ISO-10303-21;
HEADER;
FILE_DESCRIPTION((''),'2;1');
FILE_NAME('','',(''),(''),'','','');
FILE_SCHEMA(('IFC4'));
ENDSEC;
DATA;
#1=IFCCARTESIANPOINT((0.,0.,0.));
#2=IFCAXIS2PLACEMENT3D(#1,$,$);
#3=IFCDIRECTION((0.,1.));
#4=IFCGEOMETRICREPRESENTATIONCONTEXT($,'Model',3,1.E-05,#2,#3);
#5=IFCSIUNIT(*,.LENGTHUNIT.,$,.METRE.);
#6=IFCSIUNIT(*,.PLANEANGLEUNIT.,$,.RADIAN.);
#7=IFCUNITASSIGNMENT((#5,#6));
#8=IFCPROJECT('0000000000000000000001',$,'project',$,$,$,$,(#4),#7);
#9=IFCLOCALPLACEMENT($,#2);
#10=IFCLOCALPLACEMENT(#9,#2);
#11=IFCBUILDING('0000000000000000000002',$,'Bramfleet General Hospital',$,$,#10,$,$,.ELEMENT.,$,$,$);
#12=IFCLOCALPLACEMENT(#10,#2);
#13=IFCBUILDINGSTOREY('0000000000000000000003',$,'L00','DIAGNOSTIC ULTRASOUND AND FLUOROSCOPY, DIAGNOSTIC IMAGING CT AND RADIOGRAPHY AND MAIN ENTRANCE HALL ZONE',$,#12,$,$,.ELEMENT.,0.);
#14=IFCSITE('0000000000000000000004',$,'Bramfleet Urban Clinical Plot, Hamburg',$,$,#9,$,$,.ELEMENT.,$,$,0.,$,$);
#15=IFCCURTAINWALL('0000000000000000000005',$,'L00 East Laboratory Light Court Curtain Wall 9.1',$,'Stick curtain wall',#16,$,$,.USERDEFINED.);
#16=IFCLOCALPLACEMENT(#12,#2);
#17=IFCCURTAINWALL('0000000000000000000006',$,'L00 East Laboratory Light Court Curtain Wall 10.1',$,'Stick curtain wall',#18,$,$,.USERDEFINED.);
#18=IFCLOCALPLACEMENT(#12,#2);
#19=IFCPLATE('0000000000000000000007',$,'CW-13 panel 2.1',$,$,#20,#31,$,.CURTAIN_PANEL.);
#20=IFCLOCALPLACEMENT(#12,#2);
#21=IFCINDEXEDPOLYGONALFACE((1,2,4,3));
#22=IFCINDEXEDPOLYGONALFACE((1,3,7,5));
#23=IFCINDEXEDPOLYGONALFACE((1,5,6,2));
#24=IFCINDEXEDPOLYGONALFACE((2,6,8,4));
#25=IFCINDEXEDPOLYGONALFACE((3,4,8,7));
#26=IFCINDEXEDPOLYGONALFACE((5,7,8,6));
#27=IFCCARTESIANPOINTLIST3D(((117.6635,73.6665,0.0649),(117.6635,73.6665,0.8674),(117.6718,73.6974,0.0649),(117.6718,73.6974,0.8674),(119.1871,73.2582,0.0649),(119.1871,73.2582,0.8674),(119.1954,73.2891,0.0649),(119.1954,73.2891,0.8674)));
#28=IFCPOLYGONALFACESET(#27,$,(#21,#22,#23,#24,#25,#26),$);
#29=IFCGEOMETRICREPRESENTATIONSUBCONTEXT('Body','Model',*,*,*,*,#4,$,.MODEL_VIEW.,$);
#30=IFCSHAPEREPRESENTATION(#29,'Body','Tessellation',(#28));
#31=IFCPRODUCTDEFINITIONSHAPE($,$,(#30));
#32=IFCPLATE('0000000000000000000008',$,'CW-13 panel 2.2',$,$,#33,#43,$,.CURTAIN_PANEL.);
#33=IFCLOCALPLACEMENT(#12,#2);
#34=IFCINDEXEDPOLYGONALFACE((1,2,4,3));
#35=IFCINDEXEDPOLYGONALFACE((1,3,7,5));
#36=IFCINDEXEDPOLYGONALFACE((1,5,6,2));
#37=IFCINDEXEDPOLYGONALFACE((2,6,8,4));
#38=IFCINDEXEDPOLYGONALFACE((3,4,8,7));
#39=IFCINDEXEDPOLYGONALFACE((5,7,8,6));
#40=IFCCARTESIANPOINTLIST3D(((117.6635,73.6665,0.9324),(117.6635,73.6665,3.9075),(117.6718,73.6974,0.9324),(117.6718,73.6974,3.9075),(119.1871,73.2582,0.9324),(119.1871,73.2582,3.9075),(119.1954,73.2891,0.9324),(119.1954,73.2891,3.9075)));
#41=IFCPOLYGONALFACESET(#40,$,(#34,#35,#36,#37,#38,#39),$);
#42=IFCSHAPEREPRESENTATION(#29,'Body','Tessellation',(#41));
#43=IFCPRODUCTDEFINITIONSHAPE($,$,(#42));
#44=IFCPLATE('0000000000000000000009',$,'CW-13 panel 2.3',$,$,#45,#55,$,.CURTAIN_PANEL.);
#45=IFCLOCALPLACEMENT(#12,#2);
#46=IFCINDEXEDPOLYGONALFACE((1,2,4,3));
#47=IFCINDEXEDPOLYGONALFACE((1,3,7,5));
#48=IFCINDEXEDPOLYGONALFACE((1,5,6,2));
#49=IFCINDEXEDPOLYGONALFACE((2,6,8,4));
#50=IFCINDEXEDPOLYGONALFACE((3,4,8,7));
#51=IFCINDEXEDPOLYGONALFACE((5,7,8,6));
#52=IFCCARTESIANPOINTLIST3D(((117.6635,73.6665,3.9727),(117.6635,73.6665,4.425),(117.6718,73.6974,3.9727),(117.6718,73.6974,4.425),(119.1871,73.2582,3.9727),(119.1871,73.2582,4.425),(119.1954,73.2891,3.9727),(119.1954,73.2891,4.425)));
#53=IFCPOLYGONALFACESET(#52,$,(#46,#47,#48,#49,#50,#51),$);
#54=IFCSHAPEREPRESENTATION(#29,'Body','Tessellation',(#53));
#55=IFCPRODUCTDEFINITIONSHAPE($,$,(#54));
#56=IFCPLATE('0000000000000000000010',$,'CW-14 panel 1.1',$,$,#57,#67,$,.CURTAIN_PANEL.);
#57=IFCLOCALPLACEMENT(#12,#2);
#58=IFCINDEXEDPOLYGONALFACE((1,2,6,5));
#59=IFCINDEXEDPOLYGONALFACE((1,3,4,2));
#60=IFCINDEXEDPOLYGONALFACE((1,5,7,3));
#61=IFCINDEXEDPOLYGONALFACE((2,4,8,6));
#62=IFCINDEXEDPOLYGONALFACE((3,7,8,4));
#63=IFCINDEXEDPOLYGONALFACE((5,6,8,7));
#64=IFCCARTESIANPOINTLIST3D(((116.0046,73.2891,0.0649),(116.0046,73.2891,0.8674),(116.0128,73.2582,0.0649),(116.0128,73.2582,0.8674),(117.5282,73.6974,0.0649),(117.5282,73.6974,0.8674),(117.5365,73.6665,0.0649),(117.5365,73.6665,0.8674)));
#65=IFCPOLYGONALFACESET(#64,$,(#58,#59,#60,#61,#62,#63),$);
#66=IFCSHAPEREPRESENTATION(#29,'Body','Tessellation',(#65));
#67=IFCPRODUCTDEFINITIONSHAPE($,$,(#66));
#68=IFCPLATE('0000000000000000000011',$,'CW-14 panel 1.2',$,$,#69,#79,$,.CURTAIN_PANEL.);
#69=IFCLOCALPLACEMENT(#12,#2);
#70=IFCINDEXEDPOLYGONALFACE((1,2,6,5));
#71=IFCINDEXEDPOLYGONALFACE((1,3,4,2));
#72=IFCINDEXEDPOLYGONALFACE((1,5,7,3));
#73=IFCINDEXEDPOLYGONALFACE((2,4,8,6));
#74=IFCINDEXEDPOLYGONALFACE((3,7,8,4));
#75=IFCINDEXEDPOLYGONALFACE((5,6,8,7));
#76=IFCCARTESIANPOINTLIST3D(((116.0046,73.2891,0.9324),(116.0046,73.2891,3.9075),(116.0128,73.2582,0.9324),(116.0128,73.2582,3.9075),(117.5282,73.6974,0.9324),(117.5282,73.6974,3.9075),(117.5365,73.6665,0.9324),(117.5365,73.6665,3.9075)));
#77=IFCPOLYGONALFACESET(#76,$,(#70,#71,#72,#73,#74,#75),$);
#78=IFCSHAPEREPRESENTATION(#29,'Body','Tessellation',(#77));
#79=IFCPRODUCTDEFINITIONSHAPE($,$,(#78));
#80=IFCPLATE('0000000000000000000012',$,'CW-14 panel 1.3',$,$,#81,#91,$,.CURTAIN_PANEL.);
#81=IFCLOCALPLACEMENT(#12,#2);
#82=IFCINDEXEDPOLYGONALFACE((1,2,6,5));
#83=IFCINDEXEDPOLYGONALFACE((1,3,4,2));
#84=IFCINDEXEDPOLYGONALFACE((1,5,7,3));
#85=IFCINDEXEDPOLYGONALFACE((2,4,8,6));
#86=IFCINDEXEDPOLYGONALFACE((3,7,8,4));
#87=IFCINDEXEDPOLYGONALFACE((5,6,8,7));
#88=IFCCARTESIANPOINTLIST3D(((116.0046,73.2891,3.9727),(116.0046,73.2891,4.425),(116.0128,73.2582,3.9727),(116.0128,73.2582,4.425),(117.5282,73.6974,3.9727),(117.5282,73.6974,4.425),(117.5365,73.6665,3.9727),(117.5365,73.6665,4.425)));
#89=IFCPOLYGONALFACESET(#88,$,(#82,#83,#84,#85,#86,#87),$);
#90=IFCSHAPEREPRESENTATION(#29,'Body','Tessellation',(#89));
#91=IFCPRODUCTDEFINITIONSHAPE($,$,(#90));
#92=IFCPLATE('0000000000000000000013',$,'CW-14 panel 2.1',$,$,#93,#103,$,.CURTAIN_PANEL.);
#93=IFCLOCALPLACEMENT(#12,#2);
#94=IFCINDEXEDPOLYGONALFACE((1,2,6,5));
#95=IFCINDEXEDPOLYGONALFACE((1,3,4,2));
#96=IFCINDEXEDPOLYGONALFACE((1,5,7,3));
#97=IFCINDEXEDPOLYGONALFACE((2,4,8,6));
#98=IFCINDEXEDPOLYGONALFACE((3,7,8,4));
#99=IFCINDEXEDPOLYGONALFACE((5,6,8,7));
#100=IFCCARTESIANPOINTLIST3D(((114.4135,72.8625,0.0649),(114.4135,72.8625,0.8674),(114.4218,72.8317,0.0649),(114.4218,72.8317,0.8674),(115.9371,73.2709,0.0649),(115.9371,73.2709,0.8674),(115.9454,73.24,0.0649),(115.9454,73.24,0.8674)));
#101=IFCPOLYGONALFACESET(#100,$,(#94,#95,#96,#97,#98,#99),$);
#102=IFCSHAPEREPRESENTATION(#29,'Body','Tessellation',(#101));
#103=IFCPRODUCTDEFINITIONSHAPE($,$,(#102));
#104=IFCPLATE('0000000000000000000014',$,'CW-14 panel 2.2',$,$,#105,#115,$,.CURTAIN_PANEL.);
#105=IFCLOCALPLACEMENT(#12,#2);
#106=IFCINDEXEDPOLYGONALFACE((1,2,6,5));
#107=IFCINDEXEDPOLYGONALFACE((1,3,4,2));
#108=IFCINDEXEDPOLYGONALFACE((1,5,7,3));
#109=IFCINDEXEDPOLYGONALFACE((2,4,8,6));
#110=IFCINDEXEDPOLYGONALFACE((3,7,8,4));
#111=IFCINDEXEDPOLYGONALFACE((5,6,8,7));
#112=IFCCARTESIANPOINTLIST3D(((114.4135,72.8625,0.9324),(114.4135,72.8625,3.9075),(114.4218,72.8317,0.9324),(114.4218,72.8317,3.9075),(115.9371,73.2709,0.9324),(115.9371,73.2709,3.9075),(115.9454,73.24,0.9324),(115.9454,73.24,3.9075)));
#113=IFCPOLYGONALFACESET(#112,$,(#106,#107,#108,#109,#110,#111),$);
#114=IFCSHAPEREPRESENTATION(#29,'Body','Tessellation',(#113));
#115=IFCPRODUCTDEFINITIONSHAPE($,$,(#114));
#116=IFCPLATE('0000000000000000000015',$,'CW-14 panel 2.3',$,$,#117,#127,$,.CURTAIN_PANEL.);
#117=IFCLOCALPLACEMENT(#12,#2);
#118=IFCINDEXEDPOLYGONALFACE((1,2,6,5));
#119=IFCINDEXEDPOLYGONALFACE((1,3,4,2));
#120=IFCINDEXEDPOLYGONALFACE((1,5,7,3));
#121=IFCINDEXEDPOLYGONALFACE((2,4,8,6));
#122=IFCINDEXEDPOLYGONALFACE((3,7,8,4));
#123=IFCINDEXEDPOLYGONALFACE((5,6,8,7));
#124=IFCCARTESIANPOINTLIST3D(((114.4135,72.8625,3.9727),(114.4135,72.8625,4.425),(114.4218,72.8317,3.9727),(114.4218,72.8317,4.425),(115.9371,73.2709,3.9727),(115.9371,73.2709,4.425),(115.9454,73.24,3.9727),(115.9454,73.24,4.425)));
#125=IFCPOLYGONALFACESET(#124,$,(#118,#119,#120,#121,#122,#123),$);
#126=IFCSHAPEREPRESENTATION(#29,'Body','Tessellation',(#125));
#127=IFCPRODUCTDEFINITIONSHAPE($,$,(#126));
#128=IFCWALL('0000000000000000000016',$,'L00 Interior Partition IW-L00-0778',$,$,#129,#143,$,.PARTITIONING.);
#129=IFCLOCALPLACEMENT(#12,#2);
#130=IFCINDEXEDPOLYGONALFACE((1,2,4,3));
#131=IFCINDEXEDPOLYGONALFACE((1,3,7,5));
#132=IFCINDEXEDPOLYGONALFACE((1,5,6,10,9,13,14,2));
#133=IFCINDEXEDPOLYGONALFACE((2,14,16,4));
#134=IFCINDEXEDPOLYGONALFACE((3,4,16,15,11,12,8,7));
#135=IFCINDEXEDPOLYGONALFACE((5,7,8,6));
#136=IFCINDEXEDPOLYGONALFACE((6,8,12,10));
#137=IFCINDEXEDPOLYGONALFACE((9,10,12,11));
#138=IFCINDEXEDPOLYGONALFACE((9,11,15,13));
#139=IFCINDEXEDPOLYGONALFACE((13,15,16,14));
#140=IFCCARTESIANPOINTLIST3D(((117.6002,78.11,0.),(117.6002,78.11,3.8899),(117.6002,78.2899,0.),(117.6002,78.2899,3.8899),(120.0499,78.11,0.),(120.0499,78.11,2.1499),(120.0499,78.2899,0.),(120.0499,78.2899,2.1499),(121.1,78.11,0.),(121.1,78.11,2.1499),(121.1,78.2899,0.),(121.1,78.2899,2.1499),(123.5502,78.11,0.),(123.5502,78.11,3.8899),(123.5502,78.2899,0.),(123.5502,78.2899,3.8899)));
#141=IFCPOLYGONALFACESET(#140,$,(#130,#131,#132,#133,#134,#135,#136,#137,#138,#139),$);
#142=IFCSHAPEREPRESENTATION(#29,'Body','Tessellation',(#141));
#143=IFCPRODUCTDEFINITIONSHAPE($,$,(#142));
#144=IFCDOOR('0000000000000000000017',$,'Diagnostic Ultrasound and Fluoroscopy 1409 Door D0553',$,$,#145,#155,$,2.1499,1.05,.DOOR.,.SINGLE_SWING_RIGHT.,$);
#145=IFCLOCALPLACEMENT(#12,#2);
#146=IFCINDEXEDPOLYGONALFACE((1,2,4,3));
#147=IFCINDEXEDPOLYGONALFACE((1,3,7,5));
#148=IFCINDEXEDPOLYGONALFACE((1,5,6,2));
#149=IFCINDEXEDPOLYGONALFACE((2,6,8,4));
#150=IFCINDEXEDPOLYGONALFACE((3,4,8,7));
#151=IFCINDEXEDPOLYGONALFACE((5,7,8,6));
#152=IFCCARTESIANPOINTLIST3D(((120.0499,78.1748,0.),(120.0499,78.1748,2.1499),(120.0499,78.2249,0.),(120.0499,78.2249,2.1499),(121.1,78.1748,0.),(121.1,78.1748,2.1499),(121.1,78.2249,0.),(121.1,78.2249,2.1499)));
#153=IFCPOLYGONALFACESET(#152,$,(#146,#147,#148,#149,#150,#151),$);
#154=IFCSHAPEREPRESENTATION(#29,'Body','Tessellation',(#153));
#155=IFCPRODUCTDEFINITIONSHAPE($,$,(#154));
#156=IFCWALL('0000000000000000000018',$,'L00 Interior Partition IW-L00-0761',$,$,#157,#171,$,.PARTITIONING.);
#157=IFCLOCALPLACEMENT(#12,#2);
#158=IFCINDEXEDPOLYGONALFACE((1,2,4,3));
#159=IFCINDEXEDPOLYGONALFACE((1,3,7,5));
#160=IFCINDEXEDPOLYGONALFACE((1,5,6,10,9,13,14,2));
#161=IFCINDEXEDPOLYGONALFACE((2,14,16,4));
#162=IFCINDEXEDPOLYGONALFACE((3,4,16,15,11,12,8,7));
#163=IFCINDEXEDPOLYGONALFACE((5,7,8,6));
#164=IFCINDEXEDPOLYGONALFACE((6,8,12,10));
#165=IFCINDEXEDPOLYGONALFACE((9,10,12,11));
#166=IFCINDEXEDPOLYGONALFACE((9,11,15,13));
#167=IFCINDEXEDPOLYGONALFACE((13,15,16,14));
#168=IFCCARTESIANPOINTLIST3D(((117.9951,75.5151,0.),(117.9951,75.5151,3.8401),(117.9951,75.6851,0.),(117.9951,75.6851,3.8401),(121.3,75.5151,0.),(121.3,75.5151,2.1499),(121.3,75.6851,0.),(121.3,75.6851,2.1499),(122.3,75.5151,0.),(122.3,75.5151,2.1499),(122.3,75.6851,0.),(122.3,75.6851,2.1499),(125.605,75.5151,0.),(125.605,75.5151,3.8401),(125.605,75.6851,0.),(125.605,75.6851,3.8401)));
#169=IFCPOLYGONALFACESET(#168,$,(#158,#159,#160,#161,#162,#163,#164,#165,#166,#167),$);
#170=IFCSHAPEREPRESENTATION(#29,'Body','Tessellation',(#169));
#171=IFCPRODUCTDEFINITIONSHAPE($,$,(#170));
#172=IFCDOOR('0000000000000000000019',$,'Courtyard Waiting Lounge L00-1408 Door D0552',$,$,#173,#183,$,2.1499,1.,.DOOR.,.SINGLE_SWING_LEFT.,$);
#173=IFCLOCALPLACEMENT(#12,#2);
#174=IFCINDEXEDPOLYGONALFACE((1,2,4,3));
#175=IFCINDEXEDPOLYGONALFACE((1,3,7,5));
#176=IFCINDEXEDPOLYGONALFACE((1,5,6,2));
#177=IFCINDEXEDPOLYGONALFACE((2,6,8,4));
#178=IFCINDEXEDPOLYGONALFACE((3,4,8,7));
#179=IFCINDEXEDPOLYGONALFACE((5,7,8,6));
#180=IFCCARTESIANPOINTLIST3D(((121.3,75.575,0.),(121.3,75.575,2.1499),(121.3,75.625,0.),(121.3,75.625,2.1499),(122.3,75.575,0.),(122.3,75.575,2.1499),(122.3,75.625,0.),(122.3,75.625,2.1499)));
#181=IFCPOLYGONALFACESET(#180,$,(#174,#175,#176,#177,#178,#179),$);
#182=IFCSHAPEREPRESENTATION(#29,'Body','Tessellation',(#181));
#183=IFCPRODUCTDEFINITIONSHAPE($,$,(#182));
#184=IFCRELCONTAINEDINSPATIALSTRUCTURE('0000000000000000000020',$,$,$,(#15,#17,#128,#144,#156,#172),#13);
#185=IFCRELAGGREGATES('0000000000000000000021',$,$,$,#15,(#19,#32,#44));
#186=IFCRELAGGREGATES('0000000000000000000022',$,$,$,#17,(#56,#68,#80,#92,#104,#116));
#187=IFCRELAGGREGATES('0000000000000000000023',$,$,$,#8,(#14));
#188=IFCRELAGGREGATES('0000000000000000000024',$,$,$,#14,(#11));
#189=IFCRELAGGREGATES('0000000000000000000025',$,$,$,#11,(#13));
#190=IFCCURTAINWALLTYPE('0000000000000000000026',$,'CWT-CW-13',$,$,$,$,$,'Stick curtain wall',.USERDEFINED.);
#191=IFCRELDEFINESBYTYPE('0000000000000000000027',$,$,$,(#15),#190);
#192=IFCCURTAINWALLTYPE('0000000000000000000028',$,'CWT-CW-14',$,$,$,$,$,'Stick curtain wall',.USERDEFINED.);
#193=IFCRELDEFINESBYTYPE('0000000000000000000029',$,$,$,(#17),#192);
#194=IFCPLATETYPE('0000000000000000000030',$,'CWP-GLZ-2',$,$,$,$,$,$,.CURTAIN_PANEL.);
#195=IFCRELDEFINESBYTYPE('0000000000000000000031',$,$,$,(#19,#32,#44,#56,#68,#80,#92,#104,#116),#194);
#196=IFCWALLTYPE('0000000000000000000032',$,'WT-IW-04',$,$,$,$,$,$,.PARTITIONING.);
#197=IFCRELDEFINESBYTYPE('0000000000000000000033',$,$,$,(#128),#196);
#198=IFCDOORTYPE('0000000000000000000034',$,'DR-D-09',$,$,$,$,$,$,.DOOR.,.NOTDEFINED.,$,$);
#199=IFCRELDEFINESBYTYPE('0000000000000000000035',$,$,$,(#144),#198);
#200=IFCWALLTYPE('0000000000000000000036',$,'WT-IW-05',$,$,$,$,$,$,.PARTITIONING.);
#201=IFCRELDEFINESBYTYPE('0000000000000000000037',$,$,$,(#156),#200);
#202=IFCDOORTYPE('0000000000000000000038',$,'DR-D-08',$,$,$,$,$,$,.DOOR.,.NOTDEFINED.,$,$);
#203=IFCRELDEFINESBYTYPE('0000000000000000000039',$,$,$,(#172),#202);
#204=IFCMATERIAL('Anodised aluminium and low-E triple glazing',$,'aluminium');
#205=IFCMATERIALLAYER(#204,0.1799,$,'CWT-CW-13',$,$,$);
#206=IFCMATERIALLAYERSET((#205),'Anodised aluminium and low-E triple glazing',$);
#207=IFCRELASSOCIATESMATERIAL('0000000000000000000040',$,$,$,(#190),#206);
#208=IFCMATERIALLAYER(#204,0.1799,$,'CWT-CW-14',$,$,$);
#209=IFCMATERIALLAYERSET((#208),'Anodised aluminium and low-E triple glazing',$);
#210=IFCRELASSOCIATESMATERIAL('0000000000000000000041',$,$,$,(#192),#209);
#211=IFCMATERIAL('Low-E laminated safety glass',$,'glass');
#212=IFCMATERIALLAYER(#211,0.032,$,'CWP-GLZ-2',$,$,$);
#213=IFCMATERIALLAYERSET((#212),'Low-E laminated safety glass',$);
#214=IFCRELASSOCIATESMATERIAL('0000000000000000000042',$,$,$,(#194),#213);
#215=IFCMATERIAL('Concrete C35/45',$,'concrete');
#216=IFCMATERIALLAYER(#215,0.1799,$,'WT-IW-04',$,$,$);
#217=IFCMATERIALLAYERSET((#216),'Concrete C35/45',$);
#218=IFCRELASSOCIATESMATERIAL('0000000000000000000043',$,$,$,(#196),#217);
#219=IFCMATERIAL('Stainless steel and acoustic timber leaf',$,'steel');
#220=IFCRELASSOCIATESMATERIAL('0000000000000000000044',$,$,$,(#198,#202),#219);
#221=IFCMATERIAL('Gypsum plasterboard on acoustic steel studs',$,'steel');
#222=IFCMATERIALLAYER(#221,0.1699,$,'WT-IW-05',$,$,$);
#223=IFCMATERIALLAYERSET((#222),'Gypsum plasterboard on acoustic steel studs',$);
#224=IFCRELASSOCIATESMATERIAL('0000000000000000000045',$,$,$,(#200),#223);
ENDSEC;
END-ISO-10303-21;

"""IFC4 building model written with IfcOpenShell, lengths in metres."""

from ifc_helpers import new_model, si_unit, direction, frame, frame_2d, origin, origin_2d, place, context, subcontext, project, spatial, rectangle, extrude, material, layer, layer_set, type_object, element, fill, aggregate, save


model = new_model("IFC4")

# Units and contexts
model_context = context("Model", 3, precision=1e-05, world=origin(), true_north=direction((0.0, 1.0)))
body_context = subcontext(model_context, "Body", "Model", "MODEL_VIEW")
ifc_project = project(units=[si_unit("LENGTHUNIT", "METRE"), si_unit("PLANEANGLEUNIT", "RADIAN")], contexts=[model_context])

# Site, building, storey
site_placement = place(None, origin())
site = spatial("IfcSite", under=ifc_project, at=site_placement, Name="Bramfleet Urban Clinical Plot, Hamburg", CompositionType="ELEMENT", RefElevation=0.0)
building_placement = place(site_placement, origin())
building = spatial("IfcBuilding", under=site, at=building_placement, Name="Bramfleet General Hospital", CompositionType="ELEMENT")
storey_placement = place(building_placement, origin())
storey = spatial("IfcBuildingStorey", under=building, at=storey_placement, Name="L00", Description="DIAGNOSTIC ULTRASOUND AND FLUOROSCOPY, DIAGNOSTIC IMAGING CT AND RADIOGRAPHY AND MAIN ENTRANCE HALL ZONE", CompositionType="ELEMENT", Elevation=0.0)

# Shared definitions
ifc_material_1 = material(Name="Concrete C35/45", Category="concrete")

# Curtain wall
ifc_material_2 = material(Name="Anodised aluminium and low-E triple glazing", Category="aluminium")
ifc_layer_1 = layer(ifc_material_2, 0.1799, Name="CWT-CW-13")
ifc_layer_set_1 = layer_set([ifc_layer_1], Name="Anodised aluminium and low-E triple glazing")
curtain_wall_type_1 = type_object("IfcCurtainWallType", Name="CWT-CW-13", ElementType="Stick curtain wall", PredefinedType="USERDEFINED", material=ifc_layer_set_1)
curtain_wall_1_placement = place(storey_placement, origin())
curtain_wall_1 = element("IfcCurtainWall", 1, at=curtain_wall_1_placement, inside=storey, type_object=curtain_wall_type_1, Name="L00 East Laboratory Light Court Curtain Wall 9.1", ObjectType="Stick curtain wall", PredefinedType="USERDEFINED")

# Curtain wall
ifc_layer_2 = layer(ifc_material_2, 0.1799, Name="CWT-CW-14")
ifc_layer_set_2 = layer_set([ifc_layer_2], Name="Anodised aluminium and low-E triple glazing")
curtain_wall_type_2 = type_object("IfcCurtainWallType", Name="CWT-CW-14", ElementType="Stick curtain wall", PredefinedType="USERDEFINED", material=ifc_layer_set_2)
curtain_wall_2_placement = place(storey_placement, origin())
curtain_wall_2 = element("IfcCurtainWall", 2, at=curtain_wall_2_placement, inside=storey, type_object=curtain_wall_type_2, Name="L00 East Laboratory Light Court Curtain Wall 10.1", ObjectType="Stick curtain wall", PredefinedType="USERDEFINED")

# Plates
ifc_material_3 = material(Name="Low-E laminated safety glass", Category="glass")
ifc_layer_3 = layer(ifc_material_3, 0.032, Name="CWP-GLZ-2")
ifc_layer_set_3 = layer_set([ifc_layer_3], Name="Low-E laminated safety glass")
plate_type = type_object("IfcPlateType", Name="CWP-GLZ-2", PredefinedType="CURTAIN_PANEL", material=ifc_layer_set_3)
plate_1_placement = place(storey_placement, frame((118.4294, 73.4778, 0.0649), z_axis=(0.0, 0.0, 1.0), x_axis=(-0.965914, 0.258865, 0.0)))
plate_1 = element("IfcPlate", 3, at=plate_1_placement, type_object=plate_type, Name="CW-13 panel 2.1", PredefinedType="CURTAIN_PANEL", context=body_context, shape_type="SweptSolid", body=[
    extrude(rectangle(XDim=1.5774, YDim=0.032, at=origin_2d()), origin(), (0.0, 0.0, 1.0), 0.8025),
])
plate_2_placement = place(storey_placement, frame((118.4294, 73.4778, 0.9324), z_axis=(0.0, 0.0, 1.0), x_axis=(-0.965914, 0.258865, 0.0)))
plate_2 = element("IfcPlate", 4, at=plate_2_placement, type_object=plate_type, Name="CW-13 panel 2.2", PredefinedType="CURTAIN_PANEL", context=body_context, shape_type="SweptSolid", body=[
    extrude(rectangle(XDim=1.5774, YDim=0.032, at=origin_2d()), origin(), (0.0, 0.0, 1.0), 2.9751),
])
plate_3_placement = place(storey_placement, frame((118.4294, 73.4778, 3.9727), z_axis=(0.0, 0.0, 1.0), x_axis=(-0.965914, 0.258865, 0.0)))
plate_3 = element("IfcPlate", 5, at=plate_3_placement, type_object=plate_type, Name="CW-13 panel 2.3", PredefinedType="CURTAIN_PANEL", context=body_context, shape_type="SweptSolid", body=[
    extrude(rectangle(XDim=1.5774, YDim=0.032, at=origin_2d()), origin(), (0.0, 0.0, 1.0), 0.4524),
])
aggregate(curtain_wall_1, [plate_1, plate_2, plate_3])
plate_4_placement = place(storey_placement, frame((116.7705, 73.4778, 0.0649), z_axis=(0.0, 0.0, 1.0), x_axis=(-0.965914, -0.258865, 0.0)))
plate_4 = element("IfcPlate", 6, at=plate_4_placement, type_object=plate_type, Name="CW-14 panel 1.1", PredefinedType="CURTAIN_PANEL", context=body_context, shape_type="SweptSolid", body=[
    extrude(rectangle(XDim=1.5774, YDim=0.032, at=origin_2d()), origin(), (0.0, 0.0, 1.0), 0.8025),
])
plate_5_placement = place(storey_placement, frame((116.7705, 73.4778, 0.9324), z_axis=(0.0, 0.0, 1.0), x_axis=(-0.965914, -0.258865, 0.0)))
plate_5 = element("IfcPlate", 7, at=plate_5_placement, type_object=plate_type, Name="CW-14 panel 1.2", PredefinedType="CURTAIN_PANEL", context=body_context, shape_type="SweptSolid", body=[
    extrude(rectangle(XDim=1.5774, YDim=0.032, at=origin_2d()), origin(), (0.0, 0.0, 1.0), 2.9751),
])
plate_6_placement = place(storey_placement, frame((116.7705, 73.4778, 3.9727), z_axis=(0.0, 0.0, 1.0), x_axis=(-0.965914, -0.258865, 0.0)))
plate_6 = element("IfcPlate", 8, at=plate_6_placement, type_object=plate_type, Name="CW-14 panel 1.3", PredefinedType="CURTAIN_PANEL", context=body_context, shape_type="SweptSolid", body=[
    extrude(rectangle(XDim=1.5774, YDim=0.032, at=origin_2d()), origin(), (0.0, 0.0, 1.0), 0.4524),
])
plate_7_placement = place(storey_placement, frame((115.1794, 73.0513, 0.0649), z_axis=(0.0, 0.0, 1.0), x_axis=(-0.965914, -0.258865, 0.0)))
plate_7 = element("IfcPlate", 9, at=plate_7_placement, type_object=plate_type, Name="CW-14 panel 2.1", PredefinedType="CURTAIN_PANEL", context=body_context, shape_type="SweptSolid", body=[
    extrude(rectangle(XDim=1.5774, YDim=0.032, at=origin_2d()), origin(), (0.0, 0.0, 1.0), 0.8025),
])
plate_8_placement = place(storey_placement, frame((115.1794, 73.0513, 0.9324), z_axis=(0.0, 0.0, 1.0), x_axis=(-0.965914, -0.258865, 0.0)))
plate_8 = element("IfcPlate", 10, at=plate_8_placement, type_object=plate_type, Name="CW-14 panel 2.2", PredefinedType="CURTAIN_PANEL", context=body_context, shape_type="SweptSolid", body=[
    extrude(rectangle(XDim=1.5774, YDim=0.032, at=origin_2d()), origin(), (0.0, 0.0, 1.0), 2.9751),
])
plate_9_placement = place(storey_placement, frame((115.1794, 73.0513, 3.9727), z_axis=(0.0, 0.0, 1.0), x_axis=(-0.965914, -0.258865, 0.0)))
plate_9 = element("IfcPlate", 11, at=plate_9_placement, type_object=plate_type, Name="CW-14 panel 2.3", PredefinedType="CURTAIN_PANEL", context=body_context, shape_type="SweptSolid", body=[
    extrude(rectangle(XDim=1.5774, YDim=0.032, at=origin_2d()), origin(), (0.0, 0.0, 1.0), 0.4524),
])
aggregate(curtain_wall_2, [plate_4, plate_5, plate_6, plate_7, plate_8, plate_9])

# Walls, openings, doors
ifc_layer_4 = layer(ifc_material_1, 0.1799, Name="WT-IW-04")
ifc_layer_set_4 = layer_set([ifc_layer_4], Name="Concrete C35/45")
wall_type_1 = type_object("IfcWallType", Name="WT-IW-04", PredefinedType="PARTITIONING", material=ifc_layer_set_4)
wall_1_placement = place(storey_placement, frame((117.6001, 78.2, 0.0), z_axis=(0.0, 0.0, 1.0), x_axis=(1.0, 0.0, 0.0)))
wall_1 = element("IfcWall", 12, at=wall_1_placement, inside=storey, type_object=wall_type_1, Name="L00 Interior Partition IW-L00-0778", PredefinedType="PARTITIONING", context=body_context, shape_type="SweptSolid", body=[
    extrude(rectangle(XDim=5.95, YDim=0.1799, at=frame_2d((2.9751, 0.0))), origin(), (0.0, 0.0, 1.0), 3.8899),
])
opening_1_placement = place(wall_1_placement, frame((2.45, 0.0, 0.0)))
opening_1 = element("IfcOpeningElement", 13, at=opening_1_placement, cuts=wall_1, PredefinedType="OPENING", context=body_context, shape_type="SweptSolid", body=[
    extrude(rectangle(XDim=1.05, YDim=2.1499, at=frame_2d((0.5249, 1.075))), frame((0.0, 0.0999, 0.0), z_axis=(0.0, -1.0, 0.0), x_axis=(1.0, 0.0, 0.0)), (0.0, 0.0, 1.0), 0.2),
])
ifc_material_4 = material(Name="Stainless steel and acoustic timber leaf", Category="steel")
door_type_1 = type_object("IfcDoorType", Name="DR-D-09", OperationType="NOTDEFINED", PredefinedType="DOOR", material=ifc_material_4)
door_1_placement = place(opening_1_placement, origin())
door_1 = element("IfcDoor", 14, at=door_1_placement, inside=storey, type_object=door_type_1, Name="Diagnostic Ultrasound and Fluoroscopy 1409 Door D0553", OperationType="SINGLE_SWING_RIGHT", OverallHeight=2.1499, OverallWidth=1.05, PredefinedType="DOOR", context=body_context, shape_type="SweptSolid", body=[
    extrude(rectangle(XDim=1.05, YDim=2.1499, at=frame_2d((0.5249, 1.075))), frame((0.0, 0.0249, 0.0), z_axis=(0.0, -1.0, 0.0), x_axis=(1.0, 0.0, 0.0)), (0.0, 0.0, 1.0), 0.05),
])
fill(opening_1, door_1)
ifc_material_5 = material(Name="Gypsum plasterboard on acoustic steel studs", Category="steel")
ifc_layer_5 = layer(ifc_material_5, 0.1699, Name="WT-IW-05")
ifc_layer_set_5 = layer_set([ifc_layer_5], Name="Gypsum plasterboard on acoustic steel studs")
wall_type_2 = type_object("IfcWallType", Name="WT-IW-05", PredefinedType="PARTITIONING", material=ifc_layer_set_5)
wall_2_placement = place(storey_placement, frame((117.9951, 75.6001, 0.0), z_axis=(0.0, 0.0, 1.0), x_axis=(1.0, 0.0, 0.0)))
wall_2 = element("IfcWall", 15, at=wall_2_placement, inside=storey, type_object=wall_type_2, Name="L00 Interior Partition IW-L00-0761", PredefinedType="PARTITIONING", context=body_context, shape_type="SweptSolid", body=[
    extrude(rectangle(XDim=7.6099, YDim=0.1699, at=frame_2d((3.8049, 0.0))), origin(), (0.0, 0.0, 1.0), 3.8401),
])
opening_2_placement = place(wall_2_placement, frame((3.3049, 0.0, 0.0)))
opening_2 = element("IfcOpeningElement", 16, at=opening_2_placement, cuts=wall_2, PredefinedType="OPENING", context=body_context, shape_type="SweptSolid", body=[
    extrude(rectangle(XDim=1.0, YDim=2.1499, at=frame_2d((0.5, 1.075))), frame((0.0, 0.095, 0.0), z_axis=(0.0, -1.0, 0.0), x_axis=(1.0, 0.0, 0.0)), (0.0, 0.0, 1.0), 0.1899),
])
door_type_2 = type_object("IfcDoorType", Name="DR-D-08", OperationType="NOTDEFINED", PredefinedType="DOOR", material=ifc_material_4)
door_2_placement = place(opening_2_placement, origin())
door_2 = element("IfcDoor", 17, at=door_2_placement, inside=storey, type_object=door_type_2, Name="Courtyard Waiting Lounge L00-1408 Door D0552", OperationType="SINGLE_SWING_LEFT", OverallHeight=2.1499, OverallWidth=1.0, PredefinedType="DOOR", context=body_context, shape_type="SweptSolid", body=[
    extrude(rectangle(XDim=1.0, YDim=2.1499, at=frame_2d((0.5, 1.075))), frame((0.0, 0.0249, 0.0), z_axis=(0.0, -1.0, 0.0), x_axis=(1.0, 0.0, 0.0)), (0.0, 0.0, 1.0), 0.05),
])
fill(opening_2, door_2)

save(model, "model.ifc")
